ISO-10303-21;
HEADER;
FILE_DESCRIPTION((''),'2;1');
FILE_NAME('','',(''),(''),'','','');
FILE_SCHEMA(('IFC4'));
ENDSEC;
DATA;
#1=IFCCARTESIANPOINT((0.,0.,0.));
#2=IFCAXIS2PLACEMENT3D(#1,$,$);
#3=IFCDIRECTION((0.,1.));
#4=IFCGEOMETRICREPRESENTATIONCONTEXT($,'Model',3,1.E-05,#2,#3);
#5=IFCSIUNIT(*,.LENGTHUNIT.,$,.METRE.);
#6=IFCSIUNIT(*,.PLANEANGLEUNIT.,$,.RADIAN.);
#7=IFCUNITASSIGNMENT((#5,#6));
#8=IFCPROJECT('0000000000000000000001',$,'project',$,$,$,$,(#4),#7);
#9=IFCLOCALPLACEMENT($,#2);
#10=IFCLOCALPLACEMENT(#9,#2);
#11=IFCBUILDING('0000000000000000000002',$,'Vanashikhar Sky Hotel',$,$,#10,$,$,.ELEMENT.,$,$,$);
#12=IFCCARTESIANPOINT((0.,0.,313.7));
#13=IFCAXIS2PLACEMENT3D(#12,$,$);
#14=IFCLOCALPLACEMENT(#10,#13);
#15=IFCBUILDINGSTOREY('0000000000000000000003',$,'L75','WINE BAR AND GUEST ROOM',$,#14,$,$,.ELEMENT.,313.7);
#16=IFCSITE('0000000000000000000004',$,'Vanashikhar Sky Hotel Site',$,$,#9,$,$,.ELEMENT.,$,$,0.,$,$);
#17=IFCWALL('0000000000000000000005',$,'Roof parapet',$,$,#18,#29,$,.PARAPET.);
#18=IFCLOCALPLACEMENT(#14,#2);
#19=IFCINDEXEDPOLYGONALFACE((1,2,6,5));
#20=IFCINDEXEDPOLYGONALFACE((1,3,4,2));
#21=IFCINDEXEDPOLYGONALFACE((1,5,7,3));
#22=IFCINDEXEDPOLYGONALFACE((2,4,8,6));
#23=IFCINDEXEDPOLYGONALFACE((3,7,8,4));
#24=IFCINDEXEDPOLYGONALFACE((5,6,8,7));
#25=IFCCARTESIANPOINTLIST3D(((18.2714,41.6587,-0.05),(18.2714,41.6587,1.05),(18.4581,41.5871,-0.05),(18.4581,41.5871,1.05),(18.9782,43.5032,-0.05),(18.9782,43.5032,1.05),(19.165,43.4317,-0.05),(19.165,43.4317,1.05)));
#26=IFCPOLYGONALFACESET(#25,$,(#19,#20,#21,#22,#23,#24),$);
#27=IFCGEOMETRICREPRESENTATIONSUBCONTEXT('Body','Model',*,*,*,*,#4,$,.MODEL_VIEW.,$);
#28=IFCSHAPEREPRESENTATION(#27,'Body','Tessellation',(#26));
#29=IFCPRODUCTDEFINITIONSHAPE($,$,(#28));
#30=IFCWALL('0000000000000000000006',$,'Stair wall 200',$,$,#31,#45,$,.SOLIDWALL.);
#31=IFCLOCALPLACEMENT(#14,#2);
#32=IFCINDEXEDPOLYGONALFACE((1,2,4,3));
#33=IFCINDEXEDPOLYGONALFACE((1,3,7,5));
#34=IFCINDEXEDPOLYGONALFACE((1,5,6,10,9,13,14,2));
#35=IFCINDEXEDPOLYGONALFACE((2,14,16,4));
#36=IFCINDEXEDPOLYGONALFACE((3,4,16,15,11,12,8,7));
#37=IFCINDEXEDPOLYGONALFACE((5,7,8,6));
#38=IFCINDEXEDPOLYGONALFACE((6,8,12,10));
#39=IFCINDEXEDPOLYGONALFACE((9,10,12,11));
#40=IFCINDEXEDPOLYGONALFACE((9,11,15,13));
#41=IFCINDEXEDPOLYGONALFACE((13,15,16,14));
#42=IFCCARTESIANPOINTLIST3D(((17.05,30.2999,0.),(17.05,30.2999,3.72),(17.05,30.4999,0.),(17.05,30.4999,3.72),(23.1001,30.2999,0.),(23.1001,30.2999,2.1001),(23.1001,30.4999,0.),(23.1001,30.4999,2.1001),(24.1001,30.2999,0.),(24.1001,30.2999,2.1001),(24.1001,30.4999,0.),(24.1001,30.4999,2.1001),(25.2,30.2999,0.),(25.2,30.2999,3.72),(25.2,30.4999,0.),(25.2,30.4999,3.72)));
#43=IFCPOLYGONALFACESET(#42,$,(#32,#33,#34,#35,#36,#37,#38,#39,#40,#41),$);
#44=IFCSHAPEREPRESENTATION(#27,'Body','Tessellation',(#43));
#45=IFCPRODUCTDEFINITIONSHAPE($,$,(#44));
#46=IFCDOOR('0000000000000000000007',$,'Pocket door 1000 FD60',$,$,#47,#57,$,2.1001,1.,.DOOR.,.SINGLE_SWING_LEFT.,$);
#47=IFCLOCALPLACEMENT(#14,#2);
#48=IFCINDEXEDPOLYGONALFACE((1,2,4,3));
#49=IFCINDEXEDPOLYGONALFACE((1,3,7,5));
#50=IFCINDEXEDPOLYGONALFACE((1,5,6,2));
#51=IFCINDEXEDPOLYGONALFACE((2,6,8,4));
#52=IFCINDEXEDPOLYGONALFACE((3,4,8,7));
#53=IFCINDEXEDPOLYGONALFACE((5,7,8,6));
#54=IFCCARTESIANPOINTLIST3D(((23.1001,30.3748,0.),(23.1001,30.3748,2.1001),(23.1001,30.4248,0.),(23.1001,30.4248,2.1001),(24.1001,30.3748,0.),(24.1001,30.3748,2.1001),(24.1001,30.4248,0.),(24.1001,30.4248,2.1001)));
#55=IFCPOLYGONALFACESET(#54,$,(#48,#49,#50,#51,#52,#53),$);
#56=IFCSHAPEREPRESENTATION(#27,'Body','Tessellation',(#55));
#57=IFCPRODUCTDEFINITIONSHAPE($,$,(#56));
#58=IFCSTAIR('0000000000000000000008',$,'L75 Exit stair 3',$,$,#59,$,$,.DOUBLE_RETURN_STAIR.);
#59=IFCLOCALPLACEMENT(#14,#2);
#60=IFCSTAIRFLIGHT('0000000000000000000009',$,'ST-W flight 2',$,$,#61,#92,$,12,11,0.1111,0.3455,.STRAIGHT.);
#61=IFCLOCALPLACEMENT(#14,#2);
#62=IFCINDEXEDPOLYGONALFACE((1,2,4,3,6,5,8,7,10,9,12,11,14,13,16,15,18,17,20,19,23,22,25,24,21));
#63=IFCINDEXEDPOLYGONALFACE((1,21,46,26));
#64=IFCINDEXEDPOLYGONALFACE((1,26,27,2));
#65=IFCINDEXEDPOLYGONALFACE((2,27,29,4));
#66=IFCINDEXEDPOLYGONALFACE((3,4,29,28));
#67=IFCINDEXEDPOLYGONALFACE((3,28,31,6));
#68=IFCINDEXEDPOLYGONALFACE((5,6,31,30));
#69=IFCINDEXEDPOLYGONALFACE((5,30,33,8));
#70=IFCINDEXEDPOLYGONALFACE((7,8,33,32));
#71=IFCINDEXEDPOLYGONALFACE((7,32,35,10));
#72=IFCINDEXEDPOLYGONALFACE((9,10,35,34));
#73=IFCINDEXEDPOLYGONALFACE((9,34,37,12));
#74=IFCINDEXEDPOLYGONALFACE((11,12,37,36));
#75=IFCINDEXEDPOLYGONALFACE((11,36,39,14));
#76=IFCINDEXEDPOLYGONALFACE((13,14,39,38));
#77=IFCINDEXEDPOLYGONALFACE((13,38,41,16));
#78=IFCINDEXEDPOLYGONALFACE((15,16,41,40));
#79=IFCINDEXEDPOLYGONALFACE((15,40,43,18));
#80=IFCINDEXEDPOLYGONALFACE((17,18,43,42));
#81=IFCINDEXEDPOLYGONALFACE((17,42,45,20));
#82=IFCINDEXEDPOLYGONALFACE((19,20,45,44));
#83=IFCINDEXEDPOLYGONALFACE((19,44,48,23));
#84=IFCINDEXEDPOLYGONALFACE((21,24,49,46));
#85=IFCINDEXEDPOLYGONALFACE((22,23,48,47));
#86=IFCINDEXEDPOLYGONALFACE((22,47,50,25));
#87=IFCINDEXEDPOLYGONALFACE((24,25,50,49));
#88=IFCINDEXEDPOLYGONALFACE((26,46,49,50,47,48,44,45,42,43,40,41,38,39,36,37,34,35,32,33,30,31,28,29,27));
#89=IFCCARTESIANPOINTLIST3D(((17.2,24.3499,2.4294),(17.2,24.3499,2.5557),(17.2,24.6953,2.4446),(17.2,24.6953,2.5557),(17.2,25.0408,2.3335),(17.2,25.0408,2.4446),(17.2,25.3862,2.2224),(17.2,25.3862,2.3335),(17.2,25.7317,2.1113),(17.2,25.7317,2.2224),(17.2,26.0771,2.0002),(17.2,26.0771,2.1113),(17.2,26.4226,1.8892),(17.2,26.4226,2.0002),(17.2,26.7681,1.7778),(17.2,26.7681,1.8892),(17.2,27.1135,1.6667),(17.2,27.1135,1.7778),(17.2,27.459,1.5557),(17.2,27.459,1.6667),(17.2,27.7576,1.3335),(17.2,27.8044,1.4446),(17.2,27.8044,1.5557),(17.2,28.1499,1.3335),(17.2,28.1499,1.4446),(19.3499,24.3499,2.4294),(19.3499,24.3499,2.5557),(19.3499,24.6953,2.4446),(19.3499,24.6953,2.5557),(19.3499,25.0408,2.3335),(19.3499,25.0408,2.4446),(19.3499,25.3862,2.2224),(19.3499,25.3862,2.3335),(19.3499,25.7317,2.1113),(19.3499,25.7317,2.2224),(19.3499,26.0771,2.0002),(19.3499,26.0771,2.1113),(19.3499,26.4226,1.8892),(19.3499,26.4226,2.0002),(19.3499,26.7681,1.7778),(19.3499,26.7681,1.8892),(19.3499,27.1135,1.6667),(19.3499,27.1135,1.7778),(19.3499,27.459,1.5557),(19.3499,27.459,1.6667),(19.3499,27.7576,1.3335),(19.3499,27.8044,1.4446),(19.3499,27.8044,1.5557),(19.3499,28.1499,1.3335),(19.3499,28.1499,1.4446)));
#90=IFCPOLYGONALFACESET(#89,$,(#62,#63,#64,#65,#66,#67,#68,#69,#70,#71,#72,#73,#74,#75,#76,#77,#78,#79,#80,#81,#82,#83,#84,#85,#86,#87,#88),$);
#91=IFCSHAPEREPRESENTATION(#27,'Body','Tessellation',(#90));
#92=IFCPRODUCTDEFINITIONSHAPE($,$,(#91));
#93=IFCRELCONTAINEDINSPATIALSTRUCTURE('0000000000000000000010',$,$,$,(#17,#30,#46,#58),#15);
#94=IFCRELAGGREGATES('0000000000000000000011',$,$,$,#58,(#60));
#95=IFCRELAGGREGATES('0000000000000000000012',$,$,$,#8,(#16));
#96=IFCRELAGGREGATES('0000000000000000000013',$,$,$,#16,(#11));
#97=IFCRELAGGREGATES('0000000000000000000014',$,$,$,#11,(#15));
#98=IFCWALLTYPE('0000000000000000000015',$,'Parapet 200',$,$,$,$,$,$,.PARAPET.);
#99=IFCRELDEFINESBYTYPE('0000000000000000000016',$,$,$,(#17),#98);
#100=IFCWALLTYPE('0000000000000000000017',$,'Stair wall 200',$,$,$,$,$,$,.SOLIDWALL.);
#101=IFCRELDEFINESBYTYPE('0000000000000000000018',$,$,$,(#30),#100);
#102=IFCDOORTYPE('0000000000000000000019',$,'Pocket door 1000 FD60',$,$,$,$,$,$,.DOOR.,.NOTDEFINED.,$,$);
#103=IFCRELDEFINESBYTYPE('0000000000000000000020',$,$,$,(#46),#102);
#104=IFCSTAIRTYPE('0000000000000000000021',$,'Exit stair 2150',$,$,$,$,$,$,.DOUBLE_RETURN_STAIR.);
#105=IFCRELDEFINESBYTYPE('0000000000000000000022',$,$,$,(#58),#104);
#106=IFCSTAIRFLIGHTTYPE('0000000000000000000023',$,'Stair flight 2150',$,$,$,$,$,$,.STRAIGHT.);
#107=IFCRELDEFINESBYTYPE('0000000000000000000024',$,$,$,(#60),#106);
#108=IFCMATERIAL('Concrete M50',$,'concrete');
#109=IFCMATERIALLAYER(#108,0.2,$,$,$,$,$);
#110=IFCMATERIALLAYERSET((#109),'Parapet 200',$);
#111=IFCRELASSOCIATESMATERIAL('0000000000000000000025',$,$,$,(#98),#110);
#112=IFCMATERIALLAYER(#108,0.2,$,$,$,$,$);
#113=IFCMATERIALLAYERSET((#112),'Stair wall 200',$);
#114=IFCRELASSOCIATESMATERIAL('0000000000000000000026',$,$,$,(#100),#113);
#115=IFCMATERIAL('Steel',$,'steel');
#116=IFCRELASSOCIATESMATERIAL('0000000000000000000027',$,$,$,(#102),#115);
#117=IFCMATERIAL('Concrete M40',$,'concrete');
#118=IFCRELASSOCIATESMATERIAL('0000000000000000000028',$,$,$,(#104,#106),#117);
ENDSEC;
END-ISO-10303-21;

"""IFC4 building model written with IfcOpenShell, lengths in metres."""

from ifc_helpers import new_model, si_unit, direction, frame, frame_2d, origin, place, context, subcontext, project, spatial, polyline, rectangle, outline, extrude, source, transform, mapped, material, layer, layer_set, type_object, element, fill, aggregate, save


model = new_model("IFC4")

# Units and contexts
model_context = context("Model", 3, precision=1e-05, world=origin(), true_north=direction((0.0, 1.0)))
body_context = subcontext(model_context, "Body", "Model", "MODEL_VIEW")
ifc_project = project(units=[si_unit("LENGTHUNIT", "METRE"), si_unit("PLANEANGLEUNIT", "RADIAN")], contexts=[model_context])

# Site, building, storey
site_placement = place(None, origin())
site = spatial("IfcSite", under=ifc_project, at=site_placement, Name="Vanashikhar Sky Hotel Site", CompositionType="ELEMENT", RefElevation=0.0)
building_placement = place(site_placement, origin())
building = spatial("IfcBuilding", under=site, at=building_placement, Name="Vanashikhar Sky Hotel", CompositionType="ELEMENT")
storey_placement = place(building_placement, frame((0.0, 0.0, 313.7)))
storey = spatial("IfcBuildingStorey", under=building, at=storey_placement, Name="L75", Description="WINE BAR AND GUEST ROOM", CompositionType="ELEMENT", Elevation=313.7)

# Shared definitions
ifc_material_1 = material(Name="Concrete M50", Category="concrete")

# Wall
ifc_layer_1 = layer(ifc_material_1, 0.2)
ifc_layer_set_1 = layer_set([ifc_layer_1], Name="Parapet 200")
wall_type_1 = type_object("IfcWallType", Name="Parapet 200", PredefinedType="PARAPET", material=ifc_layer_set_1)
shared_shape_1 = source(origin(), body_context, "Body", "SweptSolid", [
    extrude(rectangle(XDim=1.9753, YDim=0.2, at=frame_2d((0.9878, 0.0))), origin(), (0.0, 0.0, 1.0), 1.1001),
])
wall_1_placement = place(storey_placement, frame((18.3647, 41.6228, -0.05), z_axis=(0.0, 0.0, 1.0), x_axis=(0.357819, 0.933791, 0.0)))
element("IfcWall", 1, at=wall_1_placement, inside=storey, type_object=wall_type_1, Name="Roof parapet", PredefinedType="PARAPET", context=body_context, shape_type="MappedRepresentation", body=[
    mapped(shared_shape_1, transform((0.0, 0.0, 0.0), scale=1.0)),
])

# Wall, opening, door
ifc_layer_2 = layer(ifc_material_1, 0.2)
ifc_layer_set_2 = layer_set([ifc_layer_2], Name="Stair wall 200")
wall_type_2 = type_object("IfcWallType", Name="Stair wall 200", PredefinedType="SOLIDWALL", material=ifc_layer_set_2)
shared_shape_2 = source(origin(), body_context, "Body", "SweptSolid", [
    extrude(rectangle(XDim=8.1499, YDim=0.2, at=frame_2d((4.075, 0.0))), origin(), (0.0, 0.0, 1.0), 3.72),
])
wall_2_placement = place(storey_placement, frame((17.05, 30.3999, 0.0), z_axis=(0.0, 0.0, 1.0), x_axis=(1.0, 0.0, 0.0)))
wall_2 = element("IfcWall", 2, at=wall_2_placement, inside=storey, type_object=wall_type_2, Name="Stair wall 200", PredefinedType="SOLIDWALL", context=body_context, shape_type="MappedRepresentation", body=[
    mapped(shared_shape_2, transform((0.0, 0.0, 0.0), scale=1.0)),
])
shared_shape_3 = source(origin(), body_context, "Body", "SweptSolid", [
    extrude(rectangle(XDim=1.0, YDim=2.1001, at=frame_2d((0.5, 1.05))), frame((0.0, 0.1099, 0.0), z_axis=(0.0, -1.0, 0.0), x_axis=(1.0, 0.0, 0.0)), (0.0, 0.0, 1.0), 0.22),
])
opening_1_placement = place(wall_2_placement, frame((6.05, 0.0, 0.0)))
opening_1 = element("IfcOpeningElement", 3, at=opening_1_placement, cuts=wall_2, PredefinedType="OPENING", context=body_context, shape_type="MappedRepresentation", body=[
    mapped(shared_shape_3, transform((0.0, 0.0, 0.0), scale=1.0)),
])
ifc_material_2 = material(Name="Steel", Category="steel")
door_type_1 = type_object("IfcDoorType", Name="Pocket door 1000 FD60", OperationType="NOTDEFINED", PredefinedType="DOOR", material=ifc_material_2)
shared_shape_4 = source(origin(), body_context, "Body", "SweptSolid", [
    extrude(rectangle(XDim=1.0, YDim=2.1001, at=frame_2d((0.5, 1.05))), frame((0.0, 0.0249, 0.0), z_axis=(0.0, -1.0, 0.0), x_axis=(1.0, 0.0, 0.0)), (0.0, 0.0, 1.0), 0.05),
])
door_1_placement = place(opening_1_placement, origin())
door_1 = element("IfcDoor", 4, at=door_1_placement, inside=storey, type_object=door_type_1, Name="Pocket door 1000 FD60", OperationType="SINGLE_SWING_LEFT", OverallHeight=2.1001, OverallWidth=1.0, PredefinedType="DOOR", context=body_context, shape_type="MappedRepresentation", body=[
    mapped(shared_shape_4, transform((0.0, 0.0, 0.0), scale=1.0)),
])
fill(opening_1, door_1)

# Stair, stair flight
ifc_material_3 = material(Name="Concrete M40", Category="concrete")
stair_type = type_object("IfcStairType", Name="Exit stair 2150", PredefinedType="DOUBLE_RETURN_STAIR", material=ifc_material_3)
stair_placement = place(storey_placement, origin())
stair = element("IfcStair", 5, at=stair_placement, inside=storey, type_object=stair_type, Name="L75 Exit stair 3", PredefinedType="DOUBLE_RETURN_STAIR")
stair_flight_type = type_object("IfcStairFlightType", Name="Stair flight 2150", PredefinedType="STRAIGHT", material=ifc_material_3)
shared_shape_5 = source(origin(), body_context, "Body", "SweptSolid", [
    extrude(outline(polyline([(0.0, 0.0), (0.0, 0.1111), (0.3455, 0.1111), (0.3455, 0.2222), (0.6909, 0.2222), (0.6909, 0.3333), (1.0364, 0.3333), (1.0364, 0.4443), (1.3818, 0.4443), (1.3818, 0.5557), (1.7273, 0.5557), (1.7273, 0.6667), (2.0728, 0.6667), (2.0728, 0.7778), (2.4182, 0.7778), (2.4182, 0.8889), (2.7637, 0.8889), (2.7637, 1.0), (3.1091, 1.0), (3.1091, 1.1111), (3.4546, 1.1111), (3.4546, 1.2222), (3.8, 1.2222), (3.8, 1.3333), (3.8, 1.0959), (0.3923, 0.0), (0.0, 0.0)])), frame((0.0, 1.075, 0.0), z_axis=(0.0, -1.0, 0.0), x_axis=(1.0, 0.0, 0.0)), (0.0, 0.0, 1.0), 2.1499),
])
stair_flight_placement = place(storey_placement, frame((18.2749, 28.1499, 1.3335), z_axis=(0.0, 0.0, 1.0), x_axis=(0.0, -1.0, 0.0)))
stair_flight = element("IfcStairFlight", 6, at=stair_flight_placement, type_object=stair_flight_type, Name="ST-W flight 2", NumberOfRisers=12, NumberOfTreads=11, PredefinedType="STRAIGHT", RiserHeight=0.1111, TreadLength=0.3455, context=body_context, shape_type="MappedRepresentation", body=[
    mapped(shared_shape_5, transform((0.0, 0.0, 0.0), scale=1.0)),
])
aggregate(stair, [stair_flight])

save(model, "model.ifc")
